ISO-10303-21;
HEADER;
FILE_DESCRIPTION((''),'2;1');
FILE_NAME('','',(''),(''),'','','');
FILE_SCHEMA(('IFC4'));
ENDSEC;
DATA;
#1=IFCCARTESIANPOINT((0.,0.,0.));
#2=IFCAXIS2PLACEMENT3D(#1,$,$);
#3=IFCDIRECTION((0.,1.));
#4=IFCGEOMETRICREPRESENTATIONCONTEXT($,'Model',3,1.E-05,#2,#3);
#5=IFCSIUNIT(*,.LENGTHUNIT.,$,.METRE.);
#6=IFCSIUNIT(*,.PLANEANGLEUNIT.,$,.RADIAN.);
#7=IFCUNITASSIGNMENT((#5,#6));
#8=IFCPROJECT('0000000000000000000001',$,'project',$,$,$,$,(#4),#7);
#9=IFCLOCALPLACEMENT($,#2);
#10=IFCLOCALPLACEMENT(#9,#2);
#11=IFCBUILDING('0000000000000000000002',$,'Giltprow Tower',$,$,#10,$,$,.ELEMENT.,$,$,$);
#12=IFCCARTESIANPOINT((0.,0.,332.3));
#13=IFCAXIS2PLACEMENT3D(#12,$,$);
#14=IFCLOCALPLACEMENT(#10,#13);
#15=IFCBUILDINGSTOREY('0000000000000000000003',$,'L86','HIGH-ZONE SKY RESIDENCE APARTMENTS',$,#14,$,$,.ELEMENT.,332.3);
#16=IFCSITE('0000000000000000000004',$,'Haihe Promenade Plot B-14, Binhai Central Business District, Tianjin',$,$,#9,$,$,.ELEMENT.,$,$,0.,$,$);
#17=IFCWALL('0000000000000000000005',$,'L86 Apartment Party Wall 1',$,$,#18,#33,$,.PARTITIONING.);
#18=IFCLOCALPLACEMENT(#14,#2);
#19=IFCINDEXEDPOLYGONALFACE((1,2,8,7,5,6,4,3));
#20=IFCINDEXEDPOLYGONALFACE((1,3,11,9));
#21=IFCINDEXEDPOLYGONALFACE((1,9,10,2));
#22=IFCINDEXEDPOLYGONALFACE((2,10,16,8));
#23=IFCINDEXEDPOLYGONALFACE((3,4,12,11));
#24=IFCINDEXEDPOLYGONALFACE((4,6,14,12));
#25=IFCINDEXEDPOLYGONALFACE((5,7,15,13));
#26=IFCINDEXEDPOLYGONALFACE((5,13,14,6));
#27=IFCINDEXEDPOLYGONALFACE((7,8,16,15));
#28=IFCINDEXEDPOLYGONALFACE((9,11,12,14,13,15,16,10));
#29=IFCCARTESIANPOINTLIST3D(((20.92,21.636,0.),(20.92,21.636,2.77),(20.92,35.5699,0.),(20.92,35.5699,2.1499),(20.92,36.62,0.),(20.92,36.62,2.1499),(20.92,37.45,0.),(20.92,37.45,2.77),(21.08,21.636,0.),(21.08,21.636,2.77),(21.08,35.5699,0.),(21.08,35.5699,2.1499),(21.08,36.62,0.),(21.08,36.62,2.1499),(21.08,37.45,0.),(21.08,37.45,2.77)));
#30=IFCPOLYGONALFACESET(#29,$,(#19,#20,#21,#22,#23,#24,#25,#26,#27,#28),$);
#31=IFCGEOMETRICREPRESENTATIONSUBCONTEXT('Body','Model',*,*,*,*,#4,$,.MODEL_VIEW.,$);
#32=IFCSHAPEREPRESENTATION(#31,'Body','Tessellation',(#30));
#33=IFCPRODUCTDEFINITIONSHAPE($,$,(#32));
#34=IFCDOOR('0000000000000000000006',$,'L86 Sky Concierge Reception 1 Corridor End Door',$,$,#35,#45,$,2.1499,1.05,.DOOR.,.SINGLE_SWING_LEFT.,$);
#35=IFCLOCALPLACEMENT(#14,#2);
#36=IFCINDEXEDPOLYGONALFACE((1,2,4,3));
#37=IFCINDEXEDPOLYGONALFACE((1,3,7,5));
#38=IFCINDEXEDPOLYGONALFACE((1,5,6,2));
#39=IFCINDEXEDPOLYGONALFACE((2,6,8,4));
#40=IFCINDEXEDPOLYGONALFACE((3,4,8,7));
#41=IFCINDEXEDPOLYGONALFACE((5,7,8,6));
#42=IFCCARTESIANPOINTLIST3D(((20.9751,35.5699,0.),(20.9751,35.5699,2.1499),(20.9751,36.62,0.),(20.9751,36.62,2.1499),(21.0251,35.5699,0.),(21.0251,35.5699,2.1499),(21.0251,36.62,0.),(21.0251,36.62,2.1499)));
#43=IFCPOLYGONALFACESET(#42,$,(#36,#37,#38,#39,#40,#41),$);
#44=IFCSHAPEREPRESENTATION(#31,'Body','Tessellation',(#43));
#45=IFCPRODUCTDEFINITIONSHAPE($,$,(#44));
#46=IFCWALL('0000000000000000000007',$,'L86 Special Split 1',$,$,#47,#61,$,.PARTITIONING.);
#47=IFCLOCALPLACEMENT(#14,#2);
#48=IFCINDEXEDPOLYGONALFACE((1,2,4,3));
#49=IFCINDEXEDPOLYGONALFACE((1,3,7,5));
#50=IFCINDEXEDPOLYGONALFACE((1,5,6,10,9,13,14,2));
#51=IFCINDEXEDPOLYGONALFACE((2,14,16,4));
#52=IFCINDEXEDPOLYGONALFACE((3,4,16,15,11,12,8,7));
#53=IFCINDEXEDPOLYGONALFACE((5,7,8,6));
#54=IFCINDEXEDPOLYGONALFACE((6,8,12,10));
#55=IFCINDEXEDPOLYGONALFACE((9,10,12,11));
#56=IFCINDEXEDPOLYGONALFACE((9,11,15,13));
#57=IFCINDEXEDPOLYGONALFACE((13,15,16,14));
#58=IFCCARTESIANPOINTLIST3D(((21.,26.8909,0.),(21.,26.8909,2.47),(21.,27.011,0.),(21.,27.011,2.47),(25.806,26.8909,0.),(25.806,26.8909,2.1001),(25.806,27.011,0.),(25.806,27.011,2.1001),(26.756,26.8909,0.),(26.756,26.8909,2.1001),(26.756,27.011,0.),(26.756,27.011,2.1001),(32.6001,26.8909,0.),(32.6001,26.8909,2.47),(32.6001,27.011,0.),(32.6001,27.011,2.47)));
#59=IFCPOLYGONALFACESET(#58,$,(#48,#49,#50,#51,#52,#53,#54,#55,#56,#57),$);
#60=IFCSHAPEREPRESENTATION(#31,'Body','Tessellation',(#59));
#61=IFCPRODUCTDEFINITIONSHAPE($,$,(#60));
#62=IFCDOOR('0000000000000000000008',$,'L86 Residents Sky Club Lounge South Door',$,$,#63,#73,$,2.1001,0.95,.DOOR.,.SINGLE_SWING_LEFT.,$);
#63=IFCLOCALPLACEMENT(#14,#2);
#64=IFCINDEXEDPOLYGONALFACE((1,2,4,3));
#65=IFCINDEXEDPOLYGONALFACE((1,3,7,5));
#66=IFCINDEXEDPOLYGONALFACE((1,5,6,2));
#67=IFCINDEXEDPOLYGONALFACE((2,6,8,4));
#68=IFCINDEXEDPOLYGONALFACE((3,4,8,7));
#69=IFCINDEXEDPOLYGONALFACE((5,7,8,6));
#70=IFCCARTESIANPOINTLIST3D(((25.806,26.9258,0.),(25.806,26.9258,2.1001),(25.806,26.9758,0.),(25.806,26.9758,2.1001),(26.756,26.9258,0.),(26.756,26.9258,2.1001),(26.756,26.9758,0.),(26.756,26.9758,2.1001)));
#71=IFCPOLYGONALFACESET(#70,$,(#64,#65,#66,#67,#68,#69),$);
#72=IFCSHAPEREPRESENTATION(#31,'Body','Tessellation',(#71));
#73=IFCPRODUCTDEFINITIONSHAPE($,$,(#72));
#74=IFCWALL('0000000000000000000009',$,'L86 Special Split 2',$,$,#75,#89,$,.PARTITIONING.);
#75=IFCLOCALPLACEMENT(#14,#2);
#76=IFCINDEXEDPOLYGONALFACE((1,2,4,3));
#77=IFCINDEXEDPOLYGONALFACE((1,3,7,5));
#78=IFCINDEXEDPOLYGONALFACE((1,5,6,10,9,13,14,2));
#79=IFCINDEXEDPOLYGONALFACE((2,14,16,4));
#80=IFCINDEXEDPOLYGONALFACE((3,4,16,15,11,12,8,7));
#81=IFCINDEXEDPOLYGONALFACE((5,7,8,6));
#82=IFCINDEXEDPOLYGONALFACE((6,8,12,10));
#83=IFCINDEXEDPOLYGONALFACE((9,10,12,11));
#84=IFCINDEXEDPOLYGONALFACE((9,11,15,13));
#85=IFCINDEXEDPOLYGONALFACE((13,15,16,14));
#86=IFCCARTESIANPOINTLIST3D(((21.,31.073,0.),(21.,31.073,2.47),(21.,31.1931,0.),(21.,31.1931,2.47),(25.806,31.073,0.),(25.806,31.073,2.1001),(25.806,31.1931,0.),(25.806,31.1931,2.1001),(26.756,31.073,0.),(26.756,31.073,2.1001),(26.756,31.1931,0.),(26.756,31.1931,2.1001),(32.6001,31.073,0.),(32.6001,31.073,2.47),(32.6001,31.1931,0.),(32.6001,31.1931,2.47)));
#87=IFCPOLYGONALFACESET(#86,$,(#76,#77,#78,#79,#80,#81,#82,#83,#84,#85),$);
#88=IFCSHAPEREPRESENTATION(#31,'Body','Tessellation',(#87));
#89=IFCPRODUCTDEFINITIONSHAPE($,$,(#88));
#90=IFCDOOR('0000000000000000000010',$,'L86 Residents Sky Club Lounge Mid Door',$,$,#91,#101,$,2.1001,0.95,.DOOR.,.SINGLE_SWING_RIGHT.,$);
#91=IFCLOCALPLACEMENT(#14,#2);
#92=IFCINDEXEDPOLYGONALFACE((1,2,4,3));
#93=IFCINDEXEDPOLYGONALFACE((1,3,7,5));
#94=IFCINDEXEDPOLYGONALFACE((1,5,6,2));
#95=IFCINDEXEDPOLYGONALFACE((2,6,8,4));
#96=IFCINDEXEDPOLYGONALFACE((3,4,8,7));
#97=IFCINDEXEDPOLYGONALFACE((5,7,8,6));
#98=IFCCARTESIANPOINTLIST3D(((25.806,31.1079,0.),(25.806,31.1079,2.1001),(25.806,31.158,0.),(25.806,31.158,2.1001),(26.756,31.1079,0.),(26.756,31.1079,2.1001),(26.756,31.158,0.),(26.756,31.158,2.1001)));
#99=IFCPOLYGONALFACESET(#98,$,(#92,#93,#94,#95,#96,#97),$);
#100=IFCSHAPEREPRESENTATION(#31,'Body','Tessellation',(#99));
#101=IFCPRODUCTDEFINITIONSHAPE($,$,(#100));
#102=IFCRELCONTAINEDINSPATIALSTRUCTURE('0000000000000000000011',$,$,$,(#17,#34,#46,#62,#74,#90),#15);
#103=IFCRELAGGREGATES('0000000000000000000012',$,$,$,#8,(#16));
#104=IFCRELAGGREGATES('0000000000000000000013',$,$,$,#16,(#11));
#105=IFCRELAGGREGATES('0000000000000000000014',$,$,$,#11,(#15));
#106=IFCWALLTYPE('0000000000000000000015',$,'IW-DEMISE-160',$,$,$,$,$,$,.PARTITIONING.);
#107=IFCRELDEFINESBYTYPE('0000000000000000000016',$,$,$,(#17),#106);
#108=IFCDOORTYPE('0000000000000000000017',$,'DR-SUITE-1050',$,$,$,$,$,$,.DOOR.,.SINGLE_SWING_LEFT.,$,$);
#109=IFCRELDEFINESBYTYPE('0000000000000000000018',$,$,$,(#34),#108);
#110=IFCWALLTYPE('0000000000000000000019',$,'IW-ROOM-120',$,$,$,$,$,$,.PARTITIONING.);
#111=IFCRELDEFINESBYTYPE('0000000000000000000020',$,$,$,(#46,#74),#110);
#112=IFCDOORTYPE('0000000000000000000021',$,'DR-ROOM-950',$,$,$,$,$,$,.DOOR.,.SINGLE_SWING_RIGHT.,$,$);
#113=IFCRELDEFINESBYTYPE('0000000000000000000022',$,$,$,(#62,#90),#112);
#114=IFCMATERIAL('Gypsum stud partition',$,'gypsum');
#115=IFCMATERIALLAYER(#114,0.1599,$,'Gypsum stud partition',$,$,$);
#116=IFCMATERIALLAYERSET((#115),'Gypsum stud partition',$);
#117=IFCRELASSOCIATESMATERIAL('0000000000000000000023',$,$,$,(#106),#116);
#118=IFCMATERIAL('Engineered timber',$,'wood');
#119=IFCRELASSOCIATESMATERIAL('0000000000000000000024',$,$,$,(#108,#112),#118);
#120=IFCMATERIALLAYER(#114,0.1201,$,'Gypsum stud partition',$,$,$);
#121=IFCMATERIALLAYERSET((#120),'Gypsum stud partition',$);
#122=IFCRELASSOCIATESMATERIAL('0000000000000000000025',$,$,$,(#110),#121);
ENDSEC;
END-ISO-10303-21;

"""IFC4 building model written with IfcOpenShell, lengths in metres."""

from ifc_helpers import new_model, si_unit, direction, frame, frame_2d, origin, place, context, subcontext, project, spatial, rectangle, extrude, source, transform, mapped, material, layer, layer_set, type_object, element, fill, save


model = new_model("IFC4")

# Units and contexts
model_context = context("Model", 3, precision=1e-05, world=origin(), true_north=direction((0.0, 1.0)))
body_context = subcontext(model_context, "Body", "Model", "MODEL_VIEW")
ifc_project = project(units=[si_unit("LENGTHUNIT", "METRE"), si_unit("PLANEANGLEUNIT", "RADIAN")], contexts=[model_context])

# Site, building, storey
site_placement = place(None, origin())
site = spatial("IfcSite", under=ifc_project, at=site_placement, Name="Haihe Promenade Plot B-14, Binhai Central Business District, Tianjin", CompositionType="ELEMENT", RefElevation=0.0)
building_placement = place(site_placement, origin())
building = spatial("IfcBuilding", under=site, at=building_placement, Name="Giltprow Tower", CompositionType="ELEMENT")
storey_placement = place(building_placement, frame((0.0, 0.0, 332.3)))
storey = spatial("IfcBuildingStorey", under=building, at=storey_placement, Name="L86", Description="HIGH-ZONE SKY RESIDENCE APARTMENTS", CompositionType="ELEMENT", Elevation=332.3)

# Walls, openings, doors
ifc_material_1 = material(Name="Gypsum stud partition", Category="gypsum")
ifc_layer_1 = layer(ifc_material_1, 0.1599, Name="Gypsum stud partition")
ifc_layer_set_1 = layer_set([ifc_layer_1], Name="Gypsum stud partition")
wall_type_1 = type_object("IfcWallType", Name="IW-DEMISE-160", PredefinedType="PARTITIONING", material=ifc_layer_set_1)
wall_1_placement = place(storey_placement, frame((21.0, 21.636, 0.0), z_axis=(0.0, 0.0, 1.0), x_axis=(0.0, 1.0, 0.0)))
wall_1 = element("IfcWall", 1, at=wall_1_placement, inside=storey, type_object=wall_type_1, Name="L86 Apartment Party Wall 1", PredefinedType="PARTITIONING", context=body_context, shape_type="SweptSolid", body=[
    extrude(rectangle(XDim=15.814, YDim=0.1599, at=frame_2d((7.907, 0.0))), origin(), (0.0, 0.0, 1.0), 2.77),
])
opening_1_placement = place(wall_1_placement, frame((13.9341, 0.0, 0.0)))
opening_1 = element("IfcOpeningElement", 2, at=opening_1_placement, cuts=wall_1, PredefinedType="OPENING", context=body_context, shape_type="SweptSolid", body=[
    extrude(rectangle(XDim=1.05, YDim=2.1499, at=frame_2d((0.5249, 1.075))), frame((0.0, 0.0898, 0.0), z_axis=(0.0, -1.0, 0.0), x_axis=(1.0, 0.0, 0.0)), (0.0, 0.0, 1.0), 0.1799),
])
ifc_material_2 = material(Name="Engineered timber", Category="wood")
door_type_1 = type_object("IfcDoorType", Name="DR-SUITE-1050", OperationType="SINGLE_SWING_LEFT", PredefinedType="DOOR", material=ifc_material_2)
shared_shape_1 = source(origin(), body_context, "Body", "SweptSolid", [
    extrude(rectangle(XDim=1.05, YDim=2.1499, at=frame_2d((0.5249, 1.075))), frame((0.0, 0.0249, 0.0), z_axis=(0.0, -1.0, 0.0), x_axis=(1.0, 0.0, 0.0)), (0.0, 0.0, 1.0), 0.05),
])
door_1_placement = place(opening_1_placement, origin())
door_1 = element("IfcDoor", 3, at=door_1_placement, inside=storey, type_object=door_type_1, Name="L86 Sky Concierge Reception 1 Corridor End Door", OperationType="SINGLE_SWING_LEFT", OverallHeight=2.1499, OverallWidth=1.05, PredefinedType="DOOR", context=body_context, shape_type="MappedRepresentation", body=[
    mapped(shared_shape_1, transform((0.0, 0.0, 0.0), x_axis=(1.0, 0.0, 0.0), y_axis=(0.0, 1.0, 0.0), z_axis=(0.0, 0.0, 1.0), scale=1.0)),
])
fill(opening_1, door_1)
ifc_layer_2 = layer(ifc_material_1, 0.1201, Name="Gypsum stud partition")
ifc_layer_set_2 = layer_set([ifc_layer_2], Name="Gypsum stud partition")
wall_type_2 = type_object("IfcWallType", Name="IW-ROOM-120", PredefinedType="PARTITIONING", material=ifc_layer_set_2)
wall_2_placement = place(storey_placement, frame((21.0, 26.9509, 0.0), z_axis=(0.0, 0.0, 1.0), x_axis=(1.0, 0.0, 0.0)))
wall_2 = element("IfcWall", 4, at=wall_2_placement, inside=storey, type_object=wall_type_2, Name="L86 Special Split 1", PredefinedType="PARTITIONING", context=body_context, shape_type="SweptSolid", body=[
    extrude(rectangle(XDim=11.6001, YDim=0.1201, at=frame_2d((5.8, 0.0))), origin(), (0.0, 0.0, 1.0), 2.47),
])
opening_2_placement = place(wall_2_placement, frame((4.8059, 0.0, 0.0)))
opening_2 = element("IfcOpeningElement", 5, at=opening_2_placement, cuts=wall_2, PredefinedType="OPENING", context=body_context, shape_type="SweptSolid", body=[
    extrude(rectangle(XDim=0.95, YDim=2.1001, at=frame_2d((0.4751, 1.05))), frame((0.0, 0.0701, 0.0), z_axis=(0.0, -1.0, 0.0), x_axis=(1.0, 0.0, 0.0)), (0.0, 0.0, 1.0), 0.1401),
])
door_type_2 = type_object("IfcDoorType", Name="DR-ROOM-950", OperationType="SINGLE_SWING_RIGHT", PredefinedType="DOOR", material=ifc_material_2)
shared_shape_2 = source(origin(), body_context, "Body", "SweptSolid", [
    extrude(rectangle(XDim=0.95, YDim=2.1001, at=frame_2d((0.4751, 1.05))), frame((0.0, 0.0249, 0.0), z_axis=(0.0, -1.0, 0.0), x_axis=(1.0, 0.0, 0.0)), (0.0, 0.0, 1.0), 0.05),
])
door_2_placement = place(opening_2_placement, origin())
door_2 = element("IfcDoor", 6, at=door_2_placement, inside=storey, type_object=door_type_2, Name="L86 Residents Sky Club Lounge South Door", OperationType="SINGLE_SWING_LEFT", OverallHeight=2.1001, OverallWidth=0.95, PredefinedType="DOOR", context=body_context, shape_type="MappedRepresentation", body=[
    mapped(shared_shape_2, transform((0.0, 0.0, 0.0), x_axis=(1.0, 0.0, 0.0), y_axis=(0.0, 1.0, 0.0), z_axis=(0.0, 0.0, 1.0), scale=1.0)),
])
fill(opening_2, door_2)
wall_3_placement = place(storey_placement, frame((21.0, 31.1331, 0.0), z_axis=(0.0, 0.0, 1.0), x_axis=(1.0, 0.0, 0.0)))
wall_3 = element("IfcWall", 7, at=wall_3_placement, inside=storey, type_object=wall_type_2, Name="L86 Special Split 2", PredefinedType="PARTITIONING", context=body_context, shape_type="SweptSolid", body=[
    extrude(rectangle(XDim=11.6001, YDim=0.1201, at=frame_2d((5.8, 0.0))), origin(), (0.0, 0.0, 1.0), 2.47),
])
opening_3_placement = place(wall_3_placement, frame((4.8059, 0.0, 0.0)))
opening_3 = element("IfcOpeningElement", 8, at=opening_3_placement, cuts=wall_3, PredefinedType="OPENING", context=body_context, shape_type="SweptSolid", body=[
    extrude(rectangle(XDim=0.95, YDim=2.1001, at=frame_2d((0.4751, 1.05))), frame((0.0, 0.0701, 0.0), z_axis=(0.0, -1.0, 0.0), x_axis=(1.0, 0.0, 0.0)), (0.0, 0.0, 1.0), 0.1401),
])
door_3_placement = place(opening_3_placement, origin())
door_3 = element("IfcDoor", 9, at=door_3_placement, inside=storey, type_object=door_type_2, Name="L86 Residents Sky Club Lounge Mid Door", OperationType="SINGLE_SWING_RIGHT", OverallHeight=2.1001, OverallWidth=0.95, PredefinedType="DOOR", context=body_context, shape_type="MappedRepresentation", body=[
    mapped(shared_shape_2, transform((0.0, 0.0, 0.0), x_axis=(1.0, 0.0, 0.0), y_axis=(0.0, 1.0, 0.0), z_axis=(0.0, 0.0, 1.0), scale=1.0)),
])
fill(opening_3, door_3)

save(model, "model.ifc")
